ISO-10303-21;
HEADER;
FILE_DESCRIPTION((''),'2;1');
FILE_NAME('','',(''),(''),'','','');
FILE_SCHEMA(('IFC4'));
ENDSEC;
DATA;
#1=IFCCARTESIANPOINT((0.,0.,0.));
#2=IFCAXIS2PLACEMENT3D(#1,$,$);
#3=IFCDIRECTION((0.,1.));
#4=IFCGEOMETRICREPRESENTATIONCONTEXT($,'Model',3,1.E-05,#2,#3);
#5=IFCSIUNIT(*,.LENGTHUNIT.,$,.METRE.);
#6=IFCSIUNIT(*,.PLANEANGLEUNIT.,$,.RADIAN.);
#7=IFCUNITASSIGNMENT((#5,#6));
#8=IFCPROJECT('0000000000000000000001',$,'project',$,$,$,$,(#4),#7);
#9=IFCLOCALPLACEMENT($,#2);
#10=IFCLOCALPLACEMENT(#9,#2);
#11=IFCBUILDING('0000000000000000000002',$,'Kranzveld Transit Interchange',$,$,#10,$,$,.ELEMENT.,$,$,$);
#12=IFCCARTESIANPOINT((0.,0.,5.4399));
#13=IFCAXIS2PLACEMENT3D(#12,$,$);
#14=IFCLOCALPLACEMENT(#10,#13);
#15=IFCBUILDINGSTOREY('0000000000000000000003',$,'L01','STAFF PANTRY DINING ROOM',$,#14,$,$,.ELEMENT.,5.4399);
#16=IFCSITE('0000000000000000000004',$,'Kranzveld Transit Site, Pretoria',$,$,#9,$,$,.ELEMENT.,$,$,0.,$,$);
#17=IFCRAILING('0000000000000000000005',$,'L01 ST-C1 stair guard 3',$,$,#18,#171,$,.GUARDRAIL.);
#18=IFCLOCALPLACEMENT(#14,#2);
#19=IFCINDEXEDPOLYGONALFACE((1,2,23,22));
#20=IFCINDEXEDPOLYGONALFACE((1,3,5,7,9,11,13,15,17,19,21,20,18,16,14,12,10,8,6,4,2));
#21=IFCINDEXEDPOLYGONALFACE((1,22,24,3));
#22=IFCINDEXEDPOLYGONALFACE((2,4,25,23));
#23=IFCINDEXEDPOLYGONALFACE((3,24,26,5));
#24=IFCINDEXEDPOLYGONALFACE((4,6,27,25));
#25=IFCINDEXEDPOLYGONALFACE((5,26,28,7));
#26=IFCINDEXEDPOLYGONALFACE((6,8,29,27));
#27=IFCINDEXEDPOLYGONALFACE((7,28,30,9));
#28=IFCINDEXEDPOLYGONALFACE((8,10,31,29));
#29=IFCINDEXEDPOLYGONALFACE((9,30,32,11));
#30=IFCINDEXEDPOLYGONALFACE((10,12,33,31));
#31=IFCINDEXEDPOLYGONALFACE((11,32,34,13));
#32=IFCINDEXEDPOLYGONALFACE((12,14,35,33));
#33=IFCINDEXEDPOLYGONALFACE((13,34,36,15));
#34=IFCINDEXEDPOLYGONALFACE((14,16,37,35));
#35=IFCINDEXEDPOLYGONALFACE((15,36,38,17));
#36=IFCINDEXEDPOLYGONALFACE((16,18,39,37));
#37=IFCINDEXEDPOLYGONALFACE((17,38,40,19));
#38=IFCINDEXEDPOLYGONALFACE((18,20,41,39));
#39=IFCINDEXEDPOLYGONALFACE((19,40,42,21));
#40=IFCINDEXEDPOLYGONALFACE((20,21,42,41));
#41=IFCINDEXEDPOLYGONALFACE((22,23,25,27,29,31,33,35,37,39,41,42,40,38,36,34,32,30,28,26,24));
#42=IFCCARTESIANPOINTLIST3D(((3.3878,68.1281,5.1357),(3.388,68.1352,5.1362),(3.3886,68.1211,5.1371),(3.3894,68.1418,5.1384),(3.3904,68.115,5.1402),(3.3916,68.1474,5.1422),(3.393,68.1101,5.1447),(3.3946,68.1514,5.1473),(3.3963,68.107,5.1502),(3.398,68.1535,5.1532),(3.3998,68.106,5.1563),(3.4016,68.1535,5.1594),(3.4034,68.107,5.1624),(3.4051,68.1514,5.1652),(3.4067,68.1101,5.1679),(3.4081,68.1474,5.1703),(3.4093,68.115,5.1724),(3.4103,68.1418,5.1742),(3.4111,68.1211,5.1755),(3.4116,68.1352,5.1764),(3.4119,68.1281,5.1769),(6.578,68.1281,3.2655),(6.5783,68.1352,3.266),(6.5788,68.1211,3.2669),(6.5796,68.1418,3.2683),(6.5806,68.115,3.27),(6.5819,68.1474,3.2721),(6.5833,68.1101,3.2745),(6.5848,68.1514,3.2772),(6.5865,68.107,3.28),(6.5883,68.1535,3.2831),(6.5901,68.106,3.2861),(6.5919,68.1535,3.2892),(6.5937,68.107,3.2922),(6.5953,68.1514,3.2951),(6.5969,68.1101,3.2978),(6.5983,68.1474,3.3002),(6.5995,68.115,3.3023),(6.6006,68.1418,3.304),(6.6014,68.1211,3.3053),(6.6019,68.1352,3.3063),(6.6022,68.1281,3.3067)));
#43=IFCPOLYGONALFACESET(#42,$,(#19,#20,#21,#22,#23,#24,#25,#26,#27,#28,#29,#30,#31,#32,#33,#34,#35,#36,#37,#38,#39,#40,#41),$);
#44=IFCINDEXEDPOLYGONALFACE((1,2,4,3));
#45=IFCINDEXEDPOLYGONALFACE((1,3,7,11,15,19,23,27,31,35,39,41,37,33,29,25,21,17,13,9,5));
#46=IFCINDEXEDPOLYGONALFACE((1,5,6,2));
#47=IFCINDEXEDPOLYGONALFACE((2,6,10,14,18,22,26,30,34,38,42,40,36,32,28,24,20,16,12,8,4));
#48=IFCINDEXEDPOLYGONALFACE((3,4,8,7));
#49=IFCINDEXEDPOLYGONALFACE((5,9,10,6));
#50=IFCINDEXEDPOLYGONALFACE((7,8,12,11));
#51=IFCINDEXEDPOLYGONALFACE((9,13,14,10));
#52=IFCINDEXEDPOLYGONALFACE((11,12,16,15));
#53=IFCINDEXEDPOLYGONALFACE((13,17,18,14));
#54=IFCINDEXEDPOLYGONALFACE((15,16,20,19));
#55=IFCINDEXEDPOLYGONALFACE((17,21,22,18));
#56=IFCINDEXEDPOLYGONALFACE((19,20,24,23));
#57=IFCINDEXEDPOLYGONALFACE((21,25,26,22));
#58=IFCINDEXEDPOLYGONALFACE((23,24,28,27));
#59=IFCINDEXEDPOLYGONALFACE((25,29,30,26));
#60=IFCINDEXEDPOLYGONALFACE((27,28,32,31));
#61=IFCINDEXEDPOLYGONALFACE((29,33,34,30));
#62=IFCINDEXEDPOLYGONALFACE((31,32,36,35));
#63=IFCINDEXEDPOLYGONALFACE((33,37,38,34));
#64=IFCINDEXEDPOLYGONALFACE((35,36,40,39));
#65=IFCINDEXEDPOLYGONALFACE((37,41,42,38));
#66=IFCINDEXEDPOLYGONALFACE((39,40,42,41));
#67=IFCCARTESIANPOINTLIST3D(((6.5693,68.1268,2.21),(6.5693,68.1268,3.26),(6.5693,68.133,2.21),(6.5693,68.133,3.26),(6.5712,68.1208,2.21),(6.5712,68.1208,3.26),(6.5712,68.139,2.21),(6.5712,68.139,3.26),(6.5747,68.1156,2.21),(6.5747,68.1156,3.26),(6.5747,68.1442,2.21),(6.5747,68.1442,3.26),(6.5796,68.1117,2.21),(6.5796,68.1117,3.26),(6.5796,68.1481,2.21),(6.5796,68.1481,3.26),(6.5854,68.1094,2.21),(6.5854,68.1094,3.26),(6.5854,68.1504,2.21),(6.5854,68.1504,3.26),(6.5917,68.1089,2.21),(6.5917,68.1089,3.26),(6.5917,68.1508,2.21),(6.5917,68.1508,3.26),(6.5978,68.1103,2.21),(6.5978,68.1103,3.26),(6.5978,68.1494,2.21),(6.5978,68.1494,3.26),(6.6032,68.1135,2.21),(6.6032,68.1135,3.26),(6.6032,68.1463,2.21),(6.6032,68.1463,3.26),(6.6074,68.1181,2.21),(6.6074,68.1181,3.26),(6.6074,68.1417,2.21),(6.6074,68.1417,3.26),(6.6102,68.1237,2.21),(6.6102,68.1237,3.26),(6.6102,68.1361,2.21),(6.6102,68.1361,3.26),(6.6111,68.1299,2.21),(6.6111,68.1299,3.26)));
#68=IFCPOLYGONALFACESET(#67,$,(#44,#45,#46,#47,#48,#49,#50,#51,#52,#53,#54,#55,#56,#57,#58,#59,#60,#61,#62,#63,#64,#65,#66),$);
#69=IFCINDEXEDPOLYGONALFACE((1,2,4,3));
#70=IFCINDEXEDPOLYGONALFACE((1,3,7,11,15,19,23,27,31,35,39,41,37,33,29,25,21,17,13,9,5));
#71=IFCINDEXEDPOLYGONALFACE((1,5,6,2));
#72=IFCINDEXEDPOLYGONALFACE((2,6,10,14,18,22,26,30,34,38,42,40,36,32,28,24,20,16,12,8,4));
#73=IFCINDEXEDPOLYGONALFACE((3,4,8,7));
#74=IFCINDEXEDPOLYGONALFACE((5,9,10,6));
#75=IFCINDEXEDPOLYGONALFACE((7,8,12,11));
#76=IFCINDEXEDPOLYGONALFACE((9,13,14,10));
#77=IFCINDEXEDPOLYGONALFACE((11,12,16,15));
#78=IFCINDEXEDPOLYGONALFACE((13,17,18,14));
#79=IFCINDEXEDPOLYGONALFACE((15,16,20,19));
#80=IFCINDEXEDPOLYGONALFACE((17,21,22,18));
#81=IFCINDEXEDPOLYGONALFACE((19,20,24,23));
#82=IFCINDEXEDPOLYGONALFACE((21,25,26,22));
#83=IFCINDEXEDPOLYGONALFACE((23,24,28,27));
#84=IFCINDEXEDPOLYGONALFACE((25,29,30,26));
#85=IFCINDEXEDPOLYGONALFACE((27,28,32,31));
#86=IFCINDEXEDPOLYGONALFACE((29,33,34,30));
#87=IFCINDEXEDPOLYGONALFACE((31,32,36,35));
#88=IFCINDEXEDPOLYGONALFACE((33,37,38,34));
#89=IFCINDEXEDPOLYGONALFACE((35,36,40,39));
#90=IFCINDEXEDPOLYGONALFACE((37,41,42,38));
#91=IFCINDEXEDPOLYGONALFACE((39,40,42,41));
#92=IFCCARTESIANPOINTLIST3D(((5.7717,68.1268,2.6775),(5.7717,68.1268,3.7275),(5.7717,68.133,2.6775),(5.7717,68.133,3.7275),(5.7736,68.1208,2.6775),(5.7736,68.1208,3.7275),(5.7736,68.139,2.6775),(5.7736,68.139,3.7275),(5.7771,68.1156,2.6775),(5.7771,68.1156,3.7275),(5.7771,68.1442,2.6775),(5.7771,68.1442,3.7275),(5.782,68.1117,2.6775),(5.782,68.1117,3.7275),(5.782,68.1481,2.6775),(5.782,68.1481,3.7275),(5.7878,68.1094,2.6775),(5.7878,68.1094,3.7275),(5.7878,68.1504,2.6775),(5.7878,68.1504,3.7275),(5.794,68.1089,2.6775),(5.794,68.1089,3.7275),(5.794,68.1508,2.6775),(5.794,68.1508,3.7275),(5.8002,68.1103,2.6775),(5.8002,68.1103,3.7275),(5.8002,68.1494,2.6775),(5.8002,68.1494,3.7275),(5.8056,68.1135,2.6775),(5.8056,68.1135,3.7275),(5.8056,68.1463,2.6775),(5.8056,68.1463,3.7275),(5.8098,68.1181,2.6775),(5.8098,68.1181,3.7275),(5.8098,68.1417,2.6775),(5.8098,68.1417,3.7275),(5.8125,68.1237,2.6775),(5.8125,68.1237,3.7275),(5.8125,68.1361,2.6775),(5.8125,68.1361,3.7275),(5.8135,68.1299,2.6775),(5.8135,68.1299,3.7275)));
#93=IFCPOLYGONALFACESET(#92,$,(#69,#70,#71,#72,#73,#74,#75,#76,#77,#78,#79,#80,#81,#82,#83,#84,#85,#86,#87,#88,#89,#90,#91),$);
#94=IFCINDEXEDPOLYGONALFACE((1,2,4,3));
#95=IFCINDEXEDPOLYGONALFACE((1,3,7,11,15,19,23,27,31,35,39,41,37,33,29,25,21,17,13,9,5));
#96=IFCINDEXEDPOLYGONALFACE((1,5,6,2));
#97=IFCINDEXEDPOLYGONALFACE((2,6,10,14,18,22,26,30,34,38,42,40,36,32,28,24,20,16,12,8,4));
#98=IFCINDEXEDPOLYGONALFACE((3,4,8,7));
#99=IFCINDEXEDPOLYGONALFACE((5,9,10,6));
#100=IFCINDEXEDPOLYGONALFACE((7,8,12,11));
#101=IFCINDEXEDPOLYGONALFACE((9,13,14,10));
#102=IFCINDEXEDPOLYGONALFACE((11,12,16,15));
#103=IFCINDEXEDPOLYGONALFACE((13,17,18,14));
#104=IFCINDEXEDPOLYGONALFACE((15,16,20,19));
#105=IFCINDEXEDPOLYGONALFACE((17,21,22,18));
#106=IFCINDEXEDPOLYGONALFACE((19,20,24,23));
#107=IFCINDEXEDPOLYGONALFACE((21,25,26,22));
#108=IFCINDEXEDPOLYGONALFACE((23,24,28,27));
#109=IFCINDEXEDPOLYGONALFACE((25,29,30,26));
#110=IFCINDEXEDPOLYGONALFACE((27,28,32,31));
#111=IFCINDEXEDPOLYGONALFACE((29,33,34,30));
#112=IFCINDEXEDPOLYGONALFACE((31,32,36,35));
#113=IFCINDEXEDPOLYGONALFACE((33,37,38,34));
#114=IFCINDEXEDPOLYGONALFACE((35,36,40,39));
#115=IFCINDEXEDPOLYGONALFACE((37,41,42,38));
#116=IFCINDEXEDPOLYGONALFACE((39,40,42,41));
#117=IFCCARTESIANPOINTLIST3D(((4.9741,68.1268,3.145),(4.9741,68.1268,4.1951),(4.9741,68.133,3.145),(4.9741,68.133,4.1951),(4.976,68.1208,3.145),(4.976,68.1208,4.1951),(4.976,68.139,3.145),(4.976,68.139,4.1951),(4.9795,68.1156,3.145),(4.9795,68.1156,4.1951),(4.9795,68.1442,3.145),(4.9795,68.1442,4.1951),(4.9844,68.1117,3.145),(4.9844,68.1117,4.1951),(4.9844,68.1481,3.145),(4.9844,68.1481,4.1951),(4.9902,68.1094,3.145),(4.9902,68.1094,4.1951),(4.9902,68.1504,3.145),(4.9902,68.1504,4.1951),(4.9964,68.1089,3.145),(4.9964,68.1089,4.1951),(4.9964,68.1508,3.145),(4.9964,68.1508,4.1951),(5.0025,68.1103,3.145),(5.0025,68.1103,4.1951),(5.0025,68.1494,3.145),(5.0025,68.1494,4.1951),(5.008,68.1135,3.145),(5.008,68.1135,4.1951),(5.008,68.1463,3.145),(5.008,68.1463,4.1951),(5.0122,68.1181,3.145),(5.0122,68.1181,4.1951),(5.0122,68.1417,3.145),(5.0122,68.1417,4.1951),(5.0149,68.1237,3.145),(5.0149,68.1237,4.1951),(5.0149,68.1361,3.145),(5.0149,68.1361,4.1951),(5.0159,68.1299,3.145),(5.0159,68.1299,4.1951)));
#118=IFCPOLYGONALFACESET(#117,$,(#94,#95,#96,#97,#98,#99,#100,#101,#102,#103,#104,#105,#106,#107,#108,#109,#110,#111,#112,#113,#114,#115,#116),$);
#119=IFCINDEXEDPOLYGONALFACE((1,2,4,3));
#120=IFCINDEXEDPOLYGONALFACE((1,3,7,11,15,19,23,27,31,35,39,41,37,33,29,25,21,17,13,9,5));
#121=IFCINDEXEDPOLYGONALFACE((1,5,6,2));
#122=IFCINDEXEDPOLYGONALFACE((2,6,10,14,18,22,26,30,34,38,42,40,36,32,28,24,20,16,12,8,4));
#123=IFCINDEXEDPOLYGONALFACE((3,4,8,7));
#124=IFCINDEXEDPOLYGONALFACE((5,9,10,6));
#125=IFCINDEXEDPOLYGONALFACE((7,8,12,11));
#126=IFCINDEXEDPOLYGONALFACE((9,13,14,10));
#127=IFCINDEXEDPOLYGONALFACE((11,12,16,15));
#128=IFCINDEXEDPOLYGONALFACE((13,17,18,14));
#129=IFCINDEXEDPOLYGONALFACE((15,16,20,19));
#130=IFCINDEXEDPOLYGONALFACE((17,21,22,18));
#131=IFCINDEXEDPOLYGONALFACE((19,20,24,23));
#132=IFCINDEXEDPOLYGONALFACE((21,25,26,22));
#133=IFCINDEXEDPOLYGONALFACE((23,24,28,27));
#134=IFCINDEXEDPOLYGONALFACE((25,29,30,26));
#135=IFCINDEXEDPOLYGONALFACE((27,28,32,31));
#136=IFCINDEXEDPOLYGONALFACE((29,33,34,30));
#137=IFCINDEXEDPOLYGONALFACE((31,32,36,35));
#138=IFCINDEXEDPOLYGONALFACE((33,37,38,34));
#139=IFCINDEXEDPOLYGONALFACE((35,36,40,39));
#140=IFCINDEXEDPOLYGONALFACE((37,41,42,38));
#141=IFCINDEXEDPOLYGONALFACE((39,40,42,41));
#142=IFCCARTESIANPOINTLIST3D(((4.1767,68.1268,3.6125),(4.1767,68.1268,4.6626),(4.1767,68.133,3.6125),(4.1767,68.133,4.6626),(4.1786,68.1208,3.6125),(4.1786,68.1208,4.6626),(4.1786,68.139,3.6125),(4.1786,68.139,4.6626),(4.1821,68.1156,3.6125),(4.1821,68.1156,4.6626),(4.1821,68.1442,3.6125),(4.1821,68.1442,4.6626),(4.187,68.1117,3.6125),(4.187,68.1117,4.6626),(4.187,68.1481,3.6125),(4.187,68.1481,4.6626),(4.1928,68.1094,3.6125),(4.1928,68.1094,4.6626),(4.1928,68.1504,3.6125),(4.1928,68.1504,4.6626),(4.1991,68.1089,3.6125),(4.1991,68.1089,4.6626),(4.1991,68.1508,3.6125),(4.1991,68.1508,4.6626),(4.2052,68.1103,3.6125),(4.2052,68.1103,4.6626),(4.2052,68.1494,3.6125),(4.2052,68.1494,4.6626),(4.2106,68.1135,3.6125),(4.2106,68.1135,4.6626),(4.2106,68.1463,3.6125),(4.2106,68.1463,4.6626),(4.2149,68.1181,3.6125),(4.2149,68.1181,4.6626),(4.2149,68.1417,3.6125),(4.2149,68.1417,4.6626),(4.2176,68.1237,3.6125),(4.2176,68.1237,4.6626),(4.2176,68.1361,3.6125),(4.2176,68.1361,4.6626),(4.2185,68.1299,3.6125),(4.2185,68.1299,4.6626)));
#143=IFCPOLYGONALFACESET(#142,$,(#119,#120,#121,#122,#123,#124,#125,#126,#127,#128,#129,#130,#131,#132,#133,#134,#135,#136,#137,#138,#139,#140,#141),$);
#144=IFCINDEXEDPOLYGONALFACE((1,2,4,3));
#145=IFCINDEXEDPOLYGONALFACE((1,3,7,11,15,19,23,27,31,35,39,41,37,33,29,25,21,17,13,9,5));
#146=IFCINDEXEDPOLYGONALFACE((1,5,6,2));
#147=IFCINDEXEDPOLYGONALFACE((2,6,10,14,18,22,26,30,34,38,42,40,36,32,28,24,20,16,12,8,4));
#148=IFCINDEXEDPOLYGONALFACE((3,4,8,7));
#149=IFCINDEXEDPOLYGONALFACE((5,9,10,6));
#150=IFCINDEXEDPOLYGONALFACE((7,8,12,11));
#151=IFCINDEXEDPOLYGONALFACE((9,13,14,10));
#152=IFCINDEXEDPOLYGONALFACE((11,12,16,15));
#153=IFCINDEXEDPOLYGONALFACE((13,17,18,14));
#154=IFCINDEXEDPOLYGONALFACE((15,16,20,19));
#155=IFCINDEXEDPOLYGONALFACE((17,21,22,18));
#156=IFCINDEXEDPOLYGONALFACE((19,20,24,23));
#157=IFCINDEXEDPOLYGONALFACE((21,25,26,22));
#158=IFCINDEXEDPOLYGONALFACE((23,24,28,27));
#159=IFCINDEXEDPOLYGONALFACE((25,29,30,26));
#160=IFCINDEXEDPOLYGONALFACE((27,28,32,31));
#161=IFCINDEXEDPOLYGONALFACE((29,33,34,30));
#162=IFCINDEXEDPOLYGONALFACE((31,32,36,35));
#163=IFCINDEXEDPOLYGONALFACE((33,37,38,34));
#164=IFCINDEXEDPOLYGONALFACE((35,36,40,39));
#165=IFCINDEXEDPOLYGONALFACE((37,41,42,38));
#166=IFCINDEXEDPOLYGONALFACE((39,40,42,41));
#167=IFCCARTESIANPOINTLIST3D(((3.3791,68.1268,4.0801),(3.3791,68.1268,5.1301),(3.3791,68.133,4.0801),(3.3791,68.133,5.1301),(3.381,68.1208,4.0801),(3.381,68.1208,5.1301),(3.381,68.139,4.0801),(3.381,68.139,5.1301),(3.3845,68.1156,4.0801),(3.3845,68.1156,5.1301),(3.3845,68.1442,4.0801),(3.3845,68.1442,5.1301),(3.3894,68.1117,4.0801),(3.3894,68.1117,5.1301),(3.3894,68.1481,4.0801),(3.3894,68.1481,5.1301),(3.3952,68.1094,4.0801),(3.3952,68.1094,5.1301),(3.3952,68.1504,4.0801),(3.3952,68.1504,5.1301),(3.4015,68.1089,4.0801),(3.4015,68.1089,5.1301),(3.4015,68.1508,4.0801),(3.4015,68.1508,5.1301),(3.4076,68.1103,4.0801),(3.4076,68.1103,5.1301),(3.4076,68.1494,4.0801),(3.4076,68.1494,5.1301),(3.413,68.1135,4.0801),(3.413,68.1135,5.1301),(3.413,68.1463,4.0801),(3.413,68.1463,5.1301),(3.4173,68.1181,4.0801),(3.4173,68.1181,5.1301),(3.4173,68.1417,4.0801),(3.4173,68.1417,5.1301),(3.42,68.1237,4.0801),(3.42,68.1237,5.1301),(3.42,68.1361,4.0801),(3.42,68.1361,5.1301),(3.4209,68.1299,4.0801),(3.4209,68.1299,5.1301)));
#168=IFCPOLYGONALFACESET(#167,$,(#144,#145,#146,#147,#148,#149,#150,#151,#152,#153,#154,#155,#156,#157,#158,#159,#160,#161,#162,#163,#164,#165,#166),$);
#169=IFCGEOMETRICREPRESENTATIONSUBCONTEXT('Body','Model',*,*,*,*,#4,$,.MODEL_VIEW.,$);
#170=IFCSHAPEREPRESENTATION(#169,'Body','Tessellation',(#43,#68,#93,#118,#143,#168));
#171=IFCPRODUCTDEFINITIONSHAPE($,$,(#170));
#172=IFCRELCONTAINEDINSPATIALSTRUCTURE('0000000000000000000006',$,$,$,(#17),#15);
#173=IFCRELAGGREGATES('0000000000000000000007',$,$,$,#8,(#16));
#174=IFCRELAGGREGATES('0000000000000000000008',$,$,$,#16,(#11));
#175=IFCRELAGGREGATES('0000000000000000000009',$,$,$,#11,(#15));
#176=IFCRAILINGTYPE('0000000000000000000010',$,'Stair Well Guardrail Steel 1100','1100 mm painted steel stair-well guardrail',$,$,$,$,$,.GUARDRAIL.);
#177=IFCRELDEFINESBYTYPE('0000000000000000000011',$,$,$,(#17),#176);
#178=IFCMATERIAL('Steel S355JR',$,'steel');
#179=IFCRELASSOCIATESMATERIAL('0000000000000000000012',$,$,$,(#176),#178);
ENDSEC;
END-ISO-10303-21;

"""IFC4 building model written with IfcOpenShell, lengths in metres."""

from ifc_helpers import new_model, si_unit, direction, frame, origin, origin_2d, place, context, subcontext, project, spatial, circle, extrude, material, type_object, element, save


model = new_model("IFC4")

# Units and contexts
model_context = context("Model", 3, precision=1e-05, world=origin(), true_north=direction((0.0, 1.0)))
body_context = subcontext(model_context, "Body", "Model", "MODEL_VIEW")
ifc_project = project(units=[si_unit("LENGTHUNIT", "METRE"), si_unit("PLANEANGLEUNIT", "RADIAN")], contexts=[model_context])

# Site, building, storey
site_placement = place(None, origin())
site = spatial("IfcSite", under=ifc_project, at=site_placement, Name="Kranzveld Transit Site, Pretoria", CompositionType="ELEMENT", RefElevation=0.0)
building_placement = place(site_placement, origin())
building = spatial("IfcBuilding", under=site, at=building_placement, Name="Kranzveld Transit Interchange", CompositionType="ELEMENT")
storey_placement = place(building_placement, frame((0.0, 0.0, 5.4399)))
storey = spatial("IfcBuildingStorey", under=building, at=storey_placement, Name="L01", Description="STAFF PANTRY DINING ROOM", CompositionType="ELEMENT", Elevation=5.4399)

# Railing
ifc_material_1 = material(Name="Steel S355JR", Category="steel")
railing_type_1 = type_object("IfcRailingType", Name="Stair Well Guardrail Steel 1100", Description="1100 mm painted steel stair-well guardrail", PredefinedType="GUARDRAIL", material=ifc_material_1)
railing_1_placement = place(storey_placement, frame((6.5901, 68.1299, 2.21)))
element("IfcRailing", 1, at=railing_1_placement, inside=storey, type_object=railing_type_1, Name="L01 ST-C1 stair guard 3", PredefinedType="GUARDRAIL", context=body_context, shape_type="SweptSolid", body=[
    extrude(circle(Radius=0.0239, at=origin_2d()), frame((0.0, 0.0, 1.0762), z_axis=(-0.862697, 0.0, 0.505721), x_axis=(0.0, -1.0, 0.0)), (0.0, 0.0, 1.0), 3.698),
    extrude(circle(Radius=0.021, at=origin_2d()), origin(), (0.0, 0.0, 1.0), 1.05),
    extrude(circle(Radius=0.021, at=origin_2d()), frame((-0.7976, 0.0, 0.4675)), (0.0, 0.0, 1.0), 1.05),
    extrude(circle(Radius=0.021, at=origin_2d()), frame((-1.5952, 0.0, 0.9351)), (0.0, 0.0, 1.0), 1.05),
    extrude(circle(Radius=0.021, at=origin_2d()), frame((-2.3926, 0.0, 1.4026)), (0.0, 0.0, 1.0), 1.05),
    extrude(circle(Radius=0.021, at=origin_2d()), frame((-3.1902, 0.0, 1.8701)), (0.0, 0.0, 1.0), 1.05),
])

save(model, "model.ifc")
